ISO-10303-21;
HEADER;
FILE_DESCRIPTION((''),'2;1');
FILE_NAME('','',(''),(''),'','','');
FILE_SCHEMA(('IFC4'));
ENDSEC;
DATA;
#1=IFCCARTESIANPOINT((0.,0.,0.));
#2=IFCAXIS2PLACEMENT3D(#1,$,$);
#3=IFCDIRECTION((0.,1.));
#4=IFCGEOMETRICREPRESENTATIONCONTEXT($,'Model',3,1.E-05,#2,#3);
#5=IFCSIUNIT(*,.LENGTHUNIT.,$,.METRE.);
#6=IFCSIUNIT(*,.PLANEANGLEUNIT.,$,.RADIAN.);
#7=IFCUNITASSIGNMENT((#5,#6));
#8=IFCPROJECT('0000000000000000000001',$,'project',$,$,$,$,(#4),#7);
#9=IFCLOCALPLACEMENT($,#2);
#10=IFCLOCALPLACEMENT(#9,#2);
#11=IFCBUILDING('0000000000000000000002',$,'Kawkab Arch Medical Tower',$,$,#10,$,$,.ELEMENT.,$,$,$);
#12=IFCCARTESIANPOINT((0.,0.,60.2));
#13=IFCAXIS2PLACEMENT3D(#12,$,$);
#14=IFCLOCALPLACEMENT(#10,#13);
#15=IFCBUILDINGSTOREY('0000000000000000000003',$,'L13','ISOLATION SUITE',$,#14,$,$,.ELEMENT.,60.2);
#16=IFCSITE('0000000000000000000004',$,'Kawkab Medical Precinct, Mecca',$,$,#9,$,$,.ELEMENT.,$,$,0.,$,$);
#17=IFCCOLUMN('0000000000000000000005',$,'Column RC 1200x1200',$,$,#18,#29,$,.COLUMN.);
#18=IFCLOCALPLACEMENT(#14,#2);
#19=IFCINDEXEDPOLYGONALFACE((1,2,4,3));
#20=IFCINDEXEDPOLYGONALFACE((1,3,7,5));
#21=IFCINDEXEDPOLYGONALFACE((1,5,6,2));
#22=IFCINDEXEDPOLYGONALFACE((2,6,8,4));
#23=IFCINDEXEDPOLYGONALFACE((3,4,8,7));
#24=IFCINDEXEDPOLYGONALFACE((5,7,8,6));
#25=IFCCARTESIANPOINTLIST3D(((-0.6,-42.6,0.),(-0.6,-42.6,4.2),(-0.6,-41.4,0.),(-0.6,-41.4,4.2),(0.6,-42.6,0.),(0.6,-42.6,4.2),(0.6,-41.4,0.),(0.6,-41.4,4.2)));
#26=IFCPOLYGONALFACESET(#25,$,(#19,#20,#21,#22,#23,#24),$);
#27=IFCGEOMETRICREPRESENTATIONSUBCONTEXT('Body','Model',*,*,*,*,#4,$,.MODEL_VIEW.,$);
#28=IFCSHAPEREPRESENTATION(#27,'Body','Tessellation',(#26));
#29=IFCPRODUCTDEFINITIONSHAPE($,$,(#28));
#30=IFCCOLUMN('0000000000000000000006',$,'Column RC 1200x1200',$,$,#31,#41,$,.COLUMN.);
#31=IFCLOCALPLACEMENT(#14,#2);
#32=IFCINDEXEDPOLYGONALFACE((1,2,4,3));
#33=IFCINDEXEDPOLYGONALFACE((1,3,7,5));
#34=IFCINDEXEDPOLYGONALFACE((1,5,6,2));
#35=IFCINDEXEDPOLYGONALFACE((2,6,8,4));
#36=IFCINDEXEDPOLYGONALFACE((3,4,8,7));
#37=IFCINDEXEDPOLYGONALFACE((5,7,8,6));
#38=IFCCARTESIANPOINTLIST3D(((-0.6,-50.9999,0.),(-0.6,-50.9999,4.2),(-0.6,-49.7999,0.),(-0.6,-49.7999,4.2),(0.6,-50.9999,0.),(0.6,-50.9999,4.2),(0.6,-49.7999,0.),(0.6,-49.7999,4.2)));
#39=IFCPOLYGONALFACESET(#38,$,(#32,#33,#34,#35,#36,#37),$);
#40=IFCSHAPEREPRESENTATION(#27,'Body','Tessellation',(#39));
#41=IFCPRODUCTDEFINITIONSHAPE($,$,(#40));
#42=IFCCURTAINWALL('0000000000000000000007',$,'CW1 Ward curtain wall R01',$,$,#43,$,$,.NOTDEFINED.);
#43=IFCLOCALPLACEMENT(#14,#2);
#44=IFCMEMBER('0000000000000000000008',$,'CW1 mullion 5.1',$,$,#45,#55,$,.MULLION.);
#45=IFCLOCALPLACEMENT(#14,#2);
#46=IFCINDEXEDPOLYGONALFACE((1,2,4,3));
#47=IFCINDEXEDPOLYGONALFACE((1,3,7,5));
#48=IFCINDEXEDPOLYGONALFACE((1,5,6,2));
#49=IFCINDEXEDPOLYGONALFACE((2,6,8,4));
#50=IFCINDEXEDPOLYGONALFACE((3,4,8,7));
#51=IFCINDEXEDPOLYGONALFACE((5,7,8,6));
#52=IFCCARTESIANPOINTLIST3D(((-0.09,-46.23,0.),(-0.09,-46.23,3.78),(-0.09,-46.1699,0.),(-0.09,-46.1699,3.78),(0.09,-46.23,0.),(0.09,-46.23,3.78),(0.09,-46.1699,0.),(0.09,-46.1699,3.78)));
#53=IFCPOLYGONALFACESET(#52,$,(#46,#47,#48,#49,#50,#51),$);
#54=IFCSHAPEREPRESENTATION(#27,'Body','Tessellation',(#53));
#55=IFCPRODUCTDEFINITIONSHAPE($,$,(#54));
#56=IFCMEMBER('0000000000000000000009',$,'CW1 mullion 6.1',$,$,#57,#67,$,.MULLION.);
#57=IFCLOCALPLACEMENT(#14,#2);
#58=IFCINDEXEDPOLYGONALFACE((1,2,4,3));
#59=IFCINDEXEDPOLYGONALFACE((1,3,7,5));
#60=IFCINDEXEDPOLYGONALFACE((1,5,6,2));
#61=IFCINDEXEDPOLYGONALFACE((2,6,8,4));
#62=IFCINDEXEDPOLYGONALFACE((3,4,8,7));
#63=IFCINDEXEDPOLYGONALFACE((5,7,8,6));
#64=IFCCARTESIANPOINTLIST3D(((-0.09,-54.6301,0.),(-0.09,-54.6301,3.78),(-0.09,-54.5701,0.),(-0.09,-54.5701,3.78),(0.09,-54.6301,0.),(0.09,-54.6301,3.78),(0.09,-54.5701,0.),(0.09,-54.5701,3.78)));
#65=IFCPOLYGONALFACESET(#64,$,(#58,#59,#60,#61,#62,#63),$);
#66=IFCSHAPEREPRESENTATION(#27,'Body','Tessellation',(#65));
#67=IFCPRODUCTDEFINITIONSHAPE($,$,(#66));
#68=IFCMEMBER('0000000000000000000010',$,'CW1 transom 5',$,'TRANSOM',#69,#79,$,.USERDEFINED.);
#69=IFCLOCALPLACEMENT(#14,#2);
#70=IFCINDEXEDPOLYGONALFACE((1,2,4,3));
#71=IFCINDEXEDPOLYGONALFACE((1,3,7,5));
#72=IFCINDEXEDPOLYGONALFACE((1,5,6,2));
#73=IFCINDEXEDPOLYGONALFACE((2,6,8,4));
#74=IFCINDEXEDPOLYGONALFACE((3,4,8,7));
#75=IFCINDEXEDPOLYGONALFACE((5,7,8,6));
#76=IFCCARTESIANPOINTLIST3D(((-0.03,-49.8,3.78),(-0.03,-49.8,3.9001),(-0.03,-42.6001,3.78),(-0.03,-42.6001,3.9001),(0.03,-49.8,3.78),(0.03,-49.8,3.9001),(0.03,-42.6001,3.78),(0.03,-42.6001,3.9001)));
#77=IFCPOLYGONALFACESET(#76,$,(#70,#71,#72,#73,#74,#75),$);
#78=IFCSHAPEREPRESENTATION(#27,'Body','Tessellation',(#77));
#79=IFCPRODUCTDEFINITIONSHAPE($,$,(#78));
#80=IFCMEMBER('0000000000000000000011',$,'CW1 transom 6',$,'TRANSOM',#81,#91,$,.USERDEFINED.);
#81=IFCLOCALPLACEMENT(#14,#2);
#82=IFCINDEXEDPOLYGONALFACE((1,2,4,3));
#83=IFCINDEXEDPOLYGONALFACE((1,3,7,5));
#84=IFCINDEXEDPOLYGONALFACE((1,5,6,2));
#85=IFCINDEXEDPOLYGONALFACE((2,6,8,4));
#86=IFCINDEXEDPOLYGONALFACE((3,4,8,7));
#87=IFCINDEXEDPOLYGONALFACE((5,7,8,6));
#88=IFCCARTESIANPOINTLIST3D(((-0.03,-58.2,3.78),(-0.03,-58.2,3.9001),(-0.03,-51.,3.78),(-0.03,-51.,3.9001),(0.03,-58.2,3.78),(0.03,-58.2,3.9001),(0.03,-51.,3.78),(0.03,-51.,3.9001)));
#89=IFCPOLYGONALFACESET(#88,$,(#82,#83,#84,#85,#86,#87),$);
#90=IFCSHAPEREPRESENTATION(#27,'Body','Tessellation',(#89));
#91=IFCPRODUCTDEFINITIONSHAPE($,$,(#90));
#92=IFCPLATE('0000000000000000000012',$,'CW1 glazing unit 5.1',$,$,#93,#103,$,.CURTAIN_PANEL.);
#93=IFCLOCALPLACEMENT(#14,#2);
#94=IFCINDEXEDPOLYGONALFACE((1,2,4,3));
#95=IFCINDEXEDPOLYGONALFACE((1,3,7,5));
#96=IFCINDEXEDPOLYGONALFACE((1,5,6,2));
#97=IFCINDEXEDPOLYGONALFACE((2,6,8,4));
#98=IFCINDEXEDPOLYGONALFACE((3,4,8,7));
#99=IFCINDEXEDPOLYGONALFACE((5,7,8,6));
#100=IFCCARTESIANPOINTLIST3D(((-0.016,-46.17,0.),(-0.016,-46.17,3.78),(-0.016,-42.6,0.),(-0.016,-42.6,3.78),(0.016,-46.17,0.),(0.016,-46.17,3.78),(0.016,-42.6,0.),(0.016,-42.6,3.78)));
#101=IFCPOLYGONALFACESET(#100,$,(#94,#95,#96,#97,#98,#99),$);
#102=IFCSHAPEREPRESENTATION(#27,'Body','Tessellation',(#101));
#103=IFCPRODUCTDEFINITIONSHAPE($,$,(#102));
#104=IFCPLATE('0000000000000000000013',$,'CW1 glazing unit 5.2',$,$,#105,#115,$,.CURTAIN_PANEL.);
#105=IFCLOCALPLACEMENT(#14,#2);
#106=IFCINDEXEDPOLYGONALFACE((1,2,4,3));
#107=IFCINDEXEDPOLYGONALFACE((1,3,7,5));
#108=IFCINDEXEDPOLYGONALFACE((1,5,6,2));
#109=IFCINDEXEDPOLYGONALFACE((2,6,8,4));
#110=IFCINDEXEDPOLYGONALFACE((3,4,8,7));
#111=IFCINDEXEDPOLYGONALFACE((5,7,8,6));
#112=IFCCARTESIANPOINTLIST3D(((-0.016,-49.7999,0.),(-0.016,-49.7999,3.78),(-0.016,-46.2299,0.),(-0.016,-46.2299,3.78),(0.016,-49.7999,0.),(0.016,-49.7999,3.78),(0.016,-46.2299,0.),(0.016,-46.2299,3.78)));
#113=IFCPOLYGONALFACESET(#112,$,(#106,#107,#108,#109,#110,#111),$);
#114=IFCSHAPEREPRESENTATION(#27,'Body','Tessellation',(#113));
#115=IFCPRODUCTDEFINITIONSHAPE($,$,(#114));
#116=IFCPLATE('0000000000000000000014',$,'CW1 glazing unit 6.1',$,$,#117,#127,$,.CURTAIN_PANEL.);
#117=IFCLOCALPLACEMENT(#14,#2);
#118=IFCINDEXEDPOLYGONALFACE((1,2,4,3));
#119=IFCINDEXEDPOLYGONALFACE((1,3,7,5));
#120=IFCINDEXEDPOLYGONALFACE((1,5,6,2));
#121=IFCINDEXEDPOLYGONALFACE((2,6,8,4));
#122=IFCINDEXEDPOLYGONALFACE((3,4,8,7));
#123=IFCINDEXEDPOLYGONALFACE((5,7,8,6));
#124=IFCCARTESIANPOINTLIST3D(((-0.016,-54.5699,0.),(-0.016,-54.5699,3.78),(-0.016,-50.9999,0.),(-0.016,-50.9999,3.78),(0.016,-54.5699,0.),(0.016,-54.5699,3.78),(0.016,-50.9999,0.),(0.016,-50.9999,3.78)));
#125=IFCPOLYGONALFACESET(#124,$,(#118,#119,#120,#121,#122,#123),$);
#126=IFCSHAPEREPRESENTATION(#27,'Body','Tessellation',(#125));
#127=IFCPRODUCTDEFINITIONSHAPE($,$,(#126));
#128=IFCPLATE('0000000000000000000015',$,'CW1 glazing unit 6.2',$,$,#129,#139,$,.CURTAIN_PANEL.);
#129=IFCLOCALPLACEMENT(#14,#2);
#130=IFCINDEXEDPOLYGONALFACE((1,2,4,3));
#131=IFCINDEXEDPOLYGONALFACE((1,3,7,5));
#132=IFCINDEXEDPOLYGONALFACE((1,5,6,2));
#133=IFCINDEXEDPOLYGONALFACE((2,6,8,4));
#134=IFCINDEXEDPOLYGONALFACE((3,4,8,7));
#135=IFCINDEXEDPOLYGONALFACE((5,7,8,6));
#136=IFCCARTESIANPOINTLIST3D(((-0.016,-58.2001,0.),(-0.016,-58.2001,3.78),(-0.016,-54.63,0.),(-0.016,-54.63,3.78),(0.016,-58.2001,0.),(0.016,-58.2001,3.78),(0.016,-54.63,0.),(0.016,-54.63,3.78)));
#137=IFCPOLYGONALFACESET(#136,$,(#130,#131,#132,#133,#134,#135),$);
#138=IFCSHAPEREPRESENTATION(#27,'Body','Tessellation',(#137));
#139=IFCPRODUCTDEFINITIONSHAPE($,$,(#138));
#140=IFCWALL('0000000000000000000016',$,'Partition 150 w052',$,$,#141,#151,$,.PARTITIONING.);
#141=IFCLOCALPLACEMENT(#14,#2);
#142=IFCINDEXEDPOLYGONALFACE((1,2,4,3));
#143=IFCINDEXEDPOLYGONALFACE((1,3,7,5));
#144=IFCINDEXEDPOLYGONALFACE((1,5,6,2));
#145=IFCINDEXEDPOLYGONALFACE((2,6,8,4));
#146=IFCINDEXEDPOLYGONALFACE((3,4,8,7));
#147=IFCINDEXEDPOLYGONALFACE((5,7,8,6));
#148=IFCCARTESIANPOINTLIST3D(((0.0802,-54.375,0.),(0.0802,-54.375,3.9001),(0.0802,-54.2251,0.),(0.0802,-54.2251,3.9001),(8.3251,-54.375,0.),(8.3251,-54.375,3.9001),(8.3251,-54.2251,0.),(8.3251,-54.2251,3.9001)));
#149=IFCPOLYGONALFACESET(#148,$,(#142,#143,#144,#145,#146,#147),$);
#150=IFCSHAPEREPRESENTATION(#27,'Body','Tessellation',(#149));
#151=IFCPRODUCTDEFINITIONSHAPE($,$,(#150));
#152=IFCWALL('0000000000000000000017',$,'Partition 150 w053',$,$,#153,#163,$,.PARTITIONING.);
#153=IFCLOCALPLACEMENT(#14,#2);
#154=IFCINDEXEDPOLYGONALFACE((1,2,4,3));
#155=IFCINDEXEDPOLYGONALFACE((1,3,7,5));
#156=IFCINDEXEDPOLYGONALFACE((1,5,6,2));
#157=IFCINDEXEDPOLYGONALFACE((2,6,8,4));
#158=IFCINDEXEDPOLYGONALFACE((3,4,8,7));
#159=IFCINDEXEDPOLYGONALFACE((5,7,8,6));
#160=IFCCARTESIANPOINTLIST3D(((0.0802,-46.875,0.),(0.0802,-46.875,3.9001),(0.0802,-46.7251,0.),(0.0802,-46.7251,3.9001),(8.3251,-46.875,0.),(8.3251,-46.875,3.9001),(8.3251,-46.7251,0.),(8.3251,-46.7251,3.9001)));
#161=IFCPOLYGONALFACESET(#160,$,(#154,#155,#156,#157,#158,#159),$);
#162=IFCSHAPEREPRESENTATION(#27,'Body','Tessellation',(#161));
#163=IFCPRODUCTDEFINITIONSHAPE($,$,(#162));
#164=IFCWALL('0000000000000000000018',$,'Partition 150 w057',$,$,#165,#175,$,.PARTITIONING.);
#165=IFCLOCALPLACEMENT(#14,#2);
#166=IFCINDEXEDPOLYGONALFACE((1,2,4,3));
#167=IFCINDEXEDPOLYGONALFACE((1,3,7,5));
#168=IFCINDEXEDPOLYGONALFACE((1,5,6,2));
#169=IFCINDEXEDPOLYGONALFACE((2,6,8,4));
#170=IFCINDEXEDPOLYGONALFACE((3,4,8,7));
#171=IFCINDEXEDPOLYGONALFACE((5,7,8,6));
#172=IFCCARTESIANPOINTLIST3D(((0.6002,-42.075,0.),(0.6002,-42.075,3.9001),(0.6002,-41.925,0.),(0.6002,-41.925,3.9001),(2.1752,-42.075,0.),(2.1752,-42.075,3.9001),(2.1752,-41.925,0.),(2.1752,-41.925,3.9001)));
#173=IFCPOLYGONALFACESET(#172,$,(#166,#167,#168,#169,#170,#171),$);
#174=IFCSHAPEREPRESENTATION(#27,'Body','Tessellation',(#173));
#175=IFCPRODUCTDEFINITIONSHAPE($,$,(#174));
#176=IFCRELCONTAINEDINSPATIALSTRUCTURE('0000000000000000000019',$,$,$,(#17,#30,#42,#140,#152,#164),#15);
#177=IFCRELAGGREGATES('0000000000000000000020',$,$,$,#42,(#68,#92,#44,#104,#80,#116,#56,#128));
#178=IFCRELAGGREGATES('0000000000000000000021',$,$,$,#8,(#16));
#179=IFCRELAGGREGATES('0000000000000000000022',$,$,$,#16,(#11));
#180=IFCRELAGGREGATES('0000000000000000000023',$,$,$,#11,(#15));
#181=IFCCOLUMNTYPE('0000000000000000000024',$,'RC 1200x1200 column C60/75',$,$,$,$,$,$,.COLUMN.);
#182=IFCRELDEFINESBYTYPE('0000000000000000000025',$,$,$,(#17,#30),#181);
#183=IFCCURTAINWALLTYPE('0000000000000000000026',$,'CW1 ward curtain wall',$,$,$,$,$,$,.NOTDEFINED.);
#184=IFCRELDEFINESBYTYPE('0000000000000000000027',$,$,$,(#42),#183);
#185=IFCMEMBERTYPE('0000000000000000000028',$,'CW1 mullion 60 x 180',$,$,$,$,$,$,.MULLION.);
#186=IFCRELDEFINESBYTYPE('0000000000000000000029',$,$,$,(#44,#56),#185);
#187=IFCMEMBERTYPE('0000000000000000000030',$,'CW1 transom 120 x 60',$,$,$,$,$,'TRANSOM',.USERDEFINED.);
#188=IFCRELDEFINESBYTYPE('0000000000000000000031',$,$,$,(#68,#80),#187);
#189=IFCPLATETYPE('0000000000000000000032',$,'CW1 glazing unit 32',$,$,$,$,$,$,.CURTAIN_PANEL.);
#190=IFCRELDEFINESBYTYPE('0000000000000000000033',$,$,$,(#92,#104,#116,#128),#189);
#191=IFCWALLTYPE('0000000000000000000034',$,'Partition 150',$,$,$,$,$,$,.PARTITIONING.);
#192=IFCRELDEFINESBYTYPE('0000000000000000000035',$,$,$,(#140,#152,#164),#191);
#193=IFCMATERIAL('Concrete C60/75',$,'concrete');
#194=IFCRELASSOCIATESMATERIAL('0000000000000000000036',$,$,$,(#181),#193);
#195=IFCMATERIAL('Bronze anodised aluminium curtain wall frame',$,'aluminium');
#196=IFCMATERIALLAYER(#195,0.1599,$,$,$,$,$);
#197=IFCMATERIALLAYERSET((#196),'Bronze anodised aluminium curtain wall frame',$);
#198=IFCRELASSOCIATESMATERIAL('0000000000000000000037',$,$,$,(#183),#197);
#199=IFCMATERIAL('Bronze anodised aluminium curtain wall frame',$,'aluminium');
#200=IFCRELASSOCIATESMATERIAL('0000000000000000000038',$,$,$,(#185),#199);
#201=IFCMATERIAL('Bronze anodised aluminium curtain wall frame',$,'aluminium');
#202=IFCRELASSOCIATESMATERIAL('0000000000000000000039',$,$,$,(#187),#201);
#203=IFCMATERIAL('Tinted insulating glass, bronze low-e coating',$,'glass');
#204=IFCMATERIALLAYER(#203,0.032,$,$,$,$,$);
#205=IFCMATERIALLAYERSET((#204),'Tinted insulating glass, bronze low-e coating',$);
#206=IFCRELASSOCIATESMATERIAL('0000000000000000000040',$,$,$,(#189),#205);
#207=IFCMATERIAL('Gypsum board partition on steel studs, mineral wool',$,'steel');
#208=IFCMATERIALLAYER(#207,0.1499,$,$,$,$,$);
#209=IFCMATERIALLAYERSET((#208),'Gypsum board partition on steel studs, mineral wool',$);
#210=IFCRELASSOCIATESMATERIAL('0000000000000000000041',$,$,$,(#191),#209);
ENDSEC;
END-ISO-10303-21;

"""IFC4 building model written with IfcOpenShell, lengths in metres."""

from ifc_helpers import new_model, si_unit, direction, frame, frame_2d, origin, origin_2d, place, context, subcontext, project, spatial, rectangle, extrude, material, layer, layer_set, material_profile, profile_set, type_object, element, aggregate, save


model = new_model("IFC4")

# Units and contexts
model_context = context("Model", 3, precision=1e-05, world=origin(), true_north=direction((0.0, 1.0)))
body_context = subcontext(model_context, "Body", "Model", "MODEL_VIEW")
ifc_project = project(units=[si_unit("LENGTHUNIT", "METRE"), si_unit("PLANEANGLEUNIT", "RADIAN")], contexts=[model_context])

# Site, building, storey
site_placement = place(None, origin())
site = spatial("IfcSite", under=ifc_project, at=site_placement, Name="Kawkab Medical Precinct, Mecca", CompositionType="ELEMENT", RefElevation=0.0)
building_placement = place(site_placement, origin())
building = spatial("IfcBuilding", under=site, at=building_placement, Name="Kawkab Arch Medical Tower", CompositionType="ELEMENT")
storey_placement = place(building_placement, frame((0.0, 0.0, 60.2)))
storey = spatial("IfcBuildingStorey", under=building, at=storey_placement, Name="L13", Description="ISOLATION SUITE", CompositionType="ELEMENT", Elevation=60.2)

# Columns
ifc_material_1 = material(Name="Concrete C60/75", Category="concrete")
ifc_material_profile_1 = material_profile(ifc_material_1, rectangle(XDim=1.2, YDim=1.2, at=origin_2d()), Name="RC 1200x1200")
ifc_profile_set_1 = profile_set([ifc_material_profile_1], Name="Concrete C60/75")
column_type = type_object("IfcColumnType", Name="RC 1200x1200 column C60/75", PredefinedType="COLUMN", material=ifc_profile_set_1)
for number, where, z_axis, x_axis, name in (
    (1, (0.0, -42.0, 0.0), (0.0, 0.0, 1.0), (1.0, 0.0, 0.0), "Column RC 1200x1200"),
    (2, (0.0, -50.3999, 0.0), (0.0, 0.0, 1.0), (1.0, 0.0, 0.0), "Column RC 1200x1200"),
):
    element("IfcColumn", number, at=place(storey_placement, frame(where, z_axis=z_axis, x_axis=x_axis)), inside=storey, type_object=column_type, Name=name, PredefinedType="COLUMN", context=body_context, shape_type="SweptSolid", body=[
        extrude(rectangle(XDim=1.2, YDim=1.2, at=origin_2d()), origin(), (0.0, 0.0, 1.0), 4.2),
    ])

# Curtain wall, members, plates
ifc_material_2 = material(Name="Bronze anodised aluminium curtain wall frame", Category="aluminium")
ifc_layer_1 = layer(ifc_material_2, 0.1599)
ifc_layer_set_1 = layer_set([ifc_layer_1], Name="Bronze anodised aluminium curtain wall frame")
curtain_wall_type = type_object("IfcCurtainWallType", Name="CW1 ward curtain wall", PredefinedType="NOTDEFINED", material=ifc_layer_set_1)
curtain_wall_placement = place(storey_placement, origin())
curtain_wall = element("IfcCurtainWall", 3, at=curtain_wall_placement, inside=storey, type_object=curtain_wall_type, Name="CW1 Ward curtain wall R01", PredefinedType="NOTDEFINED")
ifc_material_3 = material(Name="Bronze anodised aluminium curtain wall frame", Category="aluminium")
ifc_material_profile_2 = material_profile(ifc_material_3, rectangle(XDim=0.1799, YDim=0.0601, at=origin_2d()), Name="AL 60x180")
ifc_profile_set_2 = profile_set([ifc_material_profile_2], Name="Bronze anodised aluminium curtain wall frame")
member_type_1 = type_object("IfcMemberType", Name="CW1 mullion 60 x 180", PredefinedType="MULLION", material=ifc_profile_set_2)
member_1_placement = place(storey_placement, frame((0.0, -46.2, 0.0), z_axis=(0.0, 0.0, 1.0), x_axis=(1.0, 0.0, 0.0)))
member_1 = element("IfcMember", 4, at=member_1_placement, type_object=member_type_1, Name="CW1 mullion 5.1", PredefinedType="MULLION", context=body_context, shape_type="SweptSolid", body=[
    extrude(rectangle(XDim=0.1799, YDim=0.0601, at=origin_2d()), origin(), (0.0, 0.0, 1.0), 3.78),
])
member_2_placement = place(storey_placement, frame((0.0, -54.6001, 0.0), z_axis=(0.0, 0.0, 1.0), x_axis=(1.0, 0.0, 0.0)))
member_2 = element("IfcMember", 5, at=member_2_placement, type_object=member_type_1, Name="CW1 mullion 6.1", PredefinedType="MULLION", context=body_context, shape_type="SweptSolid", body=[
    extrude(rectangle(XDim=0.1799, YDim=0.0601, at=origin_2d()), origin(), (0.0, 0.0, 1.0), 3.78),
])
ifc_material_4 = material(Name="Bronze anodised aluminium curtain wall frame", Category="aluminium")
ifc_material_profile_3 = material_profile(ifc_material_4, rectangle(XDim=0.0601, YDim=0.1201, at=origin_2d()), Name="AL 60x120")
ifc_profile_set_3 = profile_set([ifc_material_profile_3], Name="Bronze anodised aluminium curtain wall frame")
member_type_2 = type_object("IfcMemberType", Name="CW1 transom 120 x 60", ElementType="TRANSOM", PredefinedType="USERDEFINED", material=ifc_profile_set_3)
member_3_placement = place(storey_placement, frame((0.0, -42.6001, 3.8401), z_axis=(0.0, -1.0, 0.0), x_axis=(1.0, 0.0, 0.0)))
member_3 = element("IfcMember", 6, at=member_3_placement, type_object=member_type_2, Name="CW1 transom 5", ObjectType="TRANSOM", PredefinedType="USERDEFINED", context=body_context, shape_type="SweptSolid", body=[
    extrude(rectangle(XDim=0.0601, YDim=0.1201, at=origin_2d()), origin(), (0.0, 0.0, 1.0), 7.2),
])
member_4_placement = place(storey_placement, frame((0.0, -51.0, 3.8401), z_axis=(0.0, -1.0, 0.0), x_axis=(1.0, 0.0, 0.0)))
member_4 = element("IfcMember", 7, at=member_4_placement, type_object=member_type_2, Name="CW1 transom 6", ObjectType="TRANSOM", PredefinedType="USERDEFINED", context=body_context, shape_type="SweptSolid", body=[
    extrude(rectangle(XDim=0.0601, YDim=0.1201, at=origin_2d()), origin(), (0.0, 0.0, 1.0), 7.2),
])
ifc_material_5 = material(Name="Tinted insulating glass, bronze low-e coating", Category="glass")
ifc_layer_2 = layer(ifc_material_5, 0.032)
ifc_layer_set_2 = layer_set([ifc_layer_2], Name="Tinted insulating glass, bronze low-e coating")
plate_type = type_object("IfcPlateType", Name="CW1 glazing unit 32", PredefinedType="CURTAIN_PANEL", material=ifc_layer_set_2)
plate_1_placement = place(storey_placement, frame((0.0, -44.385, 0.0), z_axis=(0.0, 0.0, 1.0), x_axis=(0.0, -1.0, 0.0)))
plate_1 = element("IfcPlate", 8, at=plate_1_placement, type_object=plate_type, Name="CW1 glazing unit 5.1", PredefinedType="CURTAIN_PANEL", context=body_context, shape_type="SweptSolid", body=[
    extrude(rectangle(XDim=3.5701, YDim=0.032, at=origin_2d()), origin(), (0.0, 0.0, 1.0), 3.78),
])
plate_2_placement = place(storey_placement, frame((0.0, -48.0149, 0.0), z_axis=(0.0, 0.0, 1.0), x_axis=(0.0, -1.0, 0.0)))
plate_2 = element("IfcPlate", 9, at=plate_2_placement, type_object=plate_type, Name="CW1 glazing unit 5.2", PredefinedType="CURTAIN_PANEL", context=body_context, shape_type="SweptSolid", body=[
    extrude(rectangle(XDim=3.5701, YDim=0.032, at=origin_2d()), origin(), (0.0, 0.0, 1.0), 3.78),
])
plate_3_placement = place(storey_placement, frame((0.0, -52.7849, 0.0), z_axis=(0.0, 0.0, 1.0), x_axis=(0.0, -1.0, 0.0)))
plate_3 = element("IfcPlate", 10, at=plate_3_placement, type_object=plate_type, Name="CW1 glazing unit 6.1", PredefinedType="CURTAIN_PANEL", context=body_context, shape_type="SweptSolid", body=[
    extrude(rectangle(XDim=3.5701, YDim=0.032, at=origin_2d()), origin(), (0.0, 0.0, 1.0), 3.78),
])
plate_4_placement = place(storey_placement, frame((0.0, -56.415, 0.0), z_axis=(0.0, 0.0, 1.0), x_axis=(0.0, -1.0, 0.0)))
plate_4 = element("IfcPlate", 11, at=plate_4_placement, type_object=plate_type, Name="CW1 glazing unit 6.2", PredefinedType="CURTAIN_PANEL", context=body_context, shape_type="SweptSolid", body=[
    extrude(rectangle(XDim=3.5701, YDim=0.032, at=origin_2d()), origin(), (0.0, 0.0, 1.0), 3.78),
])
aggregate(curtain_wall, [member_3, plate_1, member_1, plate_2, member_4, plate_3, member_2, plate_4])

# Walls
ifc_material_6 = material(Name="Gypsum board partition on steel studs, mineral wool", Category="steel")
ifc_layer_3 = layer(ifc_material_6, 0.1499)
ifc_layer_set_3 = layer_set([ifc_layer_3], Name="Gypsum board partition on steel studs, mineral wool")
wall_type = type_object("IfcWallType", Name="Partition 150", PredefinedType="PARTITIONING", material=ifc_layer_set_3)
for number, where, z_axis, x_axis, name in (
    (12, (0.0801, -54.3, 0.0), (0.0, 0.0, 1.0), (1.0, 0.0, 0.0), "Partition 150 w052"),
    (13, (0.0801, -46.8, 0.0), (0.0, 0.0, 1.0), (1.0, 0.0, 0.0), "Partition 150 w053"),
):
    element("IfcWall", number, at=place(storey_placement, frame(where, z_axis=z_axis, x_axis=x_axis)), inside=storey, type_object=wall_type, Name=name, PredefinedType="PARTITIONING", context=body_context, shape_type="SweptSolid", body=[
        extrude(rectangle(XDim=8.2449, YDim=0.1499, at=frame_2d((4.1226, 0.0))), origin(), (0.0, 0.0, 1.0), 3.9001),
    ])
wall_1_placement = place(storey_placement, frame((0.6001, -42.0, 0.0), z_axis=(0.0, 0.0, 1.0), x_axis=(1.0, 0.0, 0.0)))
element("IfcWall", 14, at=wall_1_placement, inside=storey, type_object=wall_type, Name="Partition 150 w057", PredefinedType="PARTITIONING", context=body_context, shape_type="SweptSolid", body=[
    extrude(rectangle(XDim=1.575, YDim=0.1499, at=frame_2d((0.7876, 0.0))), origin(), (0.0, 0.0, 1.0), 3.9001),
])

save(model, "model.ifc")
